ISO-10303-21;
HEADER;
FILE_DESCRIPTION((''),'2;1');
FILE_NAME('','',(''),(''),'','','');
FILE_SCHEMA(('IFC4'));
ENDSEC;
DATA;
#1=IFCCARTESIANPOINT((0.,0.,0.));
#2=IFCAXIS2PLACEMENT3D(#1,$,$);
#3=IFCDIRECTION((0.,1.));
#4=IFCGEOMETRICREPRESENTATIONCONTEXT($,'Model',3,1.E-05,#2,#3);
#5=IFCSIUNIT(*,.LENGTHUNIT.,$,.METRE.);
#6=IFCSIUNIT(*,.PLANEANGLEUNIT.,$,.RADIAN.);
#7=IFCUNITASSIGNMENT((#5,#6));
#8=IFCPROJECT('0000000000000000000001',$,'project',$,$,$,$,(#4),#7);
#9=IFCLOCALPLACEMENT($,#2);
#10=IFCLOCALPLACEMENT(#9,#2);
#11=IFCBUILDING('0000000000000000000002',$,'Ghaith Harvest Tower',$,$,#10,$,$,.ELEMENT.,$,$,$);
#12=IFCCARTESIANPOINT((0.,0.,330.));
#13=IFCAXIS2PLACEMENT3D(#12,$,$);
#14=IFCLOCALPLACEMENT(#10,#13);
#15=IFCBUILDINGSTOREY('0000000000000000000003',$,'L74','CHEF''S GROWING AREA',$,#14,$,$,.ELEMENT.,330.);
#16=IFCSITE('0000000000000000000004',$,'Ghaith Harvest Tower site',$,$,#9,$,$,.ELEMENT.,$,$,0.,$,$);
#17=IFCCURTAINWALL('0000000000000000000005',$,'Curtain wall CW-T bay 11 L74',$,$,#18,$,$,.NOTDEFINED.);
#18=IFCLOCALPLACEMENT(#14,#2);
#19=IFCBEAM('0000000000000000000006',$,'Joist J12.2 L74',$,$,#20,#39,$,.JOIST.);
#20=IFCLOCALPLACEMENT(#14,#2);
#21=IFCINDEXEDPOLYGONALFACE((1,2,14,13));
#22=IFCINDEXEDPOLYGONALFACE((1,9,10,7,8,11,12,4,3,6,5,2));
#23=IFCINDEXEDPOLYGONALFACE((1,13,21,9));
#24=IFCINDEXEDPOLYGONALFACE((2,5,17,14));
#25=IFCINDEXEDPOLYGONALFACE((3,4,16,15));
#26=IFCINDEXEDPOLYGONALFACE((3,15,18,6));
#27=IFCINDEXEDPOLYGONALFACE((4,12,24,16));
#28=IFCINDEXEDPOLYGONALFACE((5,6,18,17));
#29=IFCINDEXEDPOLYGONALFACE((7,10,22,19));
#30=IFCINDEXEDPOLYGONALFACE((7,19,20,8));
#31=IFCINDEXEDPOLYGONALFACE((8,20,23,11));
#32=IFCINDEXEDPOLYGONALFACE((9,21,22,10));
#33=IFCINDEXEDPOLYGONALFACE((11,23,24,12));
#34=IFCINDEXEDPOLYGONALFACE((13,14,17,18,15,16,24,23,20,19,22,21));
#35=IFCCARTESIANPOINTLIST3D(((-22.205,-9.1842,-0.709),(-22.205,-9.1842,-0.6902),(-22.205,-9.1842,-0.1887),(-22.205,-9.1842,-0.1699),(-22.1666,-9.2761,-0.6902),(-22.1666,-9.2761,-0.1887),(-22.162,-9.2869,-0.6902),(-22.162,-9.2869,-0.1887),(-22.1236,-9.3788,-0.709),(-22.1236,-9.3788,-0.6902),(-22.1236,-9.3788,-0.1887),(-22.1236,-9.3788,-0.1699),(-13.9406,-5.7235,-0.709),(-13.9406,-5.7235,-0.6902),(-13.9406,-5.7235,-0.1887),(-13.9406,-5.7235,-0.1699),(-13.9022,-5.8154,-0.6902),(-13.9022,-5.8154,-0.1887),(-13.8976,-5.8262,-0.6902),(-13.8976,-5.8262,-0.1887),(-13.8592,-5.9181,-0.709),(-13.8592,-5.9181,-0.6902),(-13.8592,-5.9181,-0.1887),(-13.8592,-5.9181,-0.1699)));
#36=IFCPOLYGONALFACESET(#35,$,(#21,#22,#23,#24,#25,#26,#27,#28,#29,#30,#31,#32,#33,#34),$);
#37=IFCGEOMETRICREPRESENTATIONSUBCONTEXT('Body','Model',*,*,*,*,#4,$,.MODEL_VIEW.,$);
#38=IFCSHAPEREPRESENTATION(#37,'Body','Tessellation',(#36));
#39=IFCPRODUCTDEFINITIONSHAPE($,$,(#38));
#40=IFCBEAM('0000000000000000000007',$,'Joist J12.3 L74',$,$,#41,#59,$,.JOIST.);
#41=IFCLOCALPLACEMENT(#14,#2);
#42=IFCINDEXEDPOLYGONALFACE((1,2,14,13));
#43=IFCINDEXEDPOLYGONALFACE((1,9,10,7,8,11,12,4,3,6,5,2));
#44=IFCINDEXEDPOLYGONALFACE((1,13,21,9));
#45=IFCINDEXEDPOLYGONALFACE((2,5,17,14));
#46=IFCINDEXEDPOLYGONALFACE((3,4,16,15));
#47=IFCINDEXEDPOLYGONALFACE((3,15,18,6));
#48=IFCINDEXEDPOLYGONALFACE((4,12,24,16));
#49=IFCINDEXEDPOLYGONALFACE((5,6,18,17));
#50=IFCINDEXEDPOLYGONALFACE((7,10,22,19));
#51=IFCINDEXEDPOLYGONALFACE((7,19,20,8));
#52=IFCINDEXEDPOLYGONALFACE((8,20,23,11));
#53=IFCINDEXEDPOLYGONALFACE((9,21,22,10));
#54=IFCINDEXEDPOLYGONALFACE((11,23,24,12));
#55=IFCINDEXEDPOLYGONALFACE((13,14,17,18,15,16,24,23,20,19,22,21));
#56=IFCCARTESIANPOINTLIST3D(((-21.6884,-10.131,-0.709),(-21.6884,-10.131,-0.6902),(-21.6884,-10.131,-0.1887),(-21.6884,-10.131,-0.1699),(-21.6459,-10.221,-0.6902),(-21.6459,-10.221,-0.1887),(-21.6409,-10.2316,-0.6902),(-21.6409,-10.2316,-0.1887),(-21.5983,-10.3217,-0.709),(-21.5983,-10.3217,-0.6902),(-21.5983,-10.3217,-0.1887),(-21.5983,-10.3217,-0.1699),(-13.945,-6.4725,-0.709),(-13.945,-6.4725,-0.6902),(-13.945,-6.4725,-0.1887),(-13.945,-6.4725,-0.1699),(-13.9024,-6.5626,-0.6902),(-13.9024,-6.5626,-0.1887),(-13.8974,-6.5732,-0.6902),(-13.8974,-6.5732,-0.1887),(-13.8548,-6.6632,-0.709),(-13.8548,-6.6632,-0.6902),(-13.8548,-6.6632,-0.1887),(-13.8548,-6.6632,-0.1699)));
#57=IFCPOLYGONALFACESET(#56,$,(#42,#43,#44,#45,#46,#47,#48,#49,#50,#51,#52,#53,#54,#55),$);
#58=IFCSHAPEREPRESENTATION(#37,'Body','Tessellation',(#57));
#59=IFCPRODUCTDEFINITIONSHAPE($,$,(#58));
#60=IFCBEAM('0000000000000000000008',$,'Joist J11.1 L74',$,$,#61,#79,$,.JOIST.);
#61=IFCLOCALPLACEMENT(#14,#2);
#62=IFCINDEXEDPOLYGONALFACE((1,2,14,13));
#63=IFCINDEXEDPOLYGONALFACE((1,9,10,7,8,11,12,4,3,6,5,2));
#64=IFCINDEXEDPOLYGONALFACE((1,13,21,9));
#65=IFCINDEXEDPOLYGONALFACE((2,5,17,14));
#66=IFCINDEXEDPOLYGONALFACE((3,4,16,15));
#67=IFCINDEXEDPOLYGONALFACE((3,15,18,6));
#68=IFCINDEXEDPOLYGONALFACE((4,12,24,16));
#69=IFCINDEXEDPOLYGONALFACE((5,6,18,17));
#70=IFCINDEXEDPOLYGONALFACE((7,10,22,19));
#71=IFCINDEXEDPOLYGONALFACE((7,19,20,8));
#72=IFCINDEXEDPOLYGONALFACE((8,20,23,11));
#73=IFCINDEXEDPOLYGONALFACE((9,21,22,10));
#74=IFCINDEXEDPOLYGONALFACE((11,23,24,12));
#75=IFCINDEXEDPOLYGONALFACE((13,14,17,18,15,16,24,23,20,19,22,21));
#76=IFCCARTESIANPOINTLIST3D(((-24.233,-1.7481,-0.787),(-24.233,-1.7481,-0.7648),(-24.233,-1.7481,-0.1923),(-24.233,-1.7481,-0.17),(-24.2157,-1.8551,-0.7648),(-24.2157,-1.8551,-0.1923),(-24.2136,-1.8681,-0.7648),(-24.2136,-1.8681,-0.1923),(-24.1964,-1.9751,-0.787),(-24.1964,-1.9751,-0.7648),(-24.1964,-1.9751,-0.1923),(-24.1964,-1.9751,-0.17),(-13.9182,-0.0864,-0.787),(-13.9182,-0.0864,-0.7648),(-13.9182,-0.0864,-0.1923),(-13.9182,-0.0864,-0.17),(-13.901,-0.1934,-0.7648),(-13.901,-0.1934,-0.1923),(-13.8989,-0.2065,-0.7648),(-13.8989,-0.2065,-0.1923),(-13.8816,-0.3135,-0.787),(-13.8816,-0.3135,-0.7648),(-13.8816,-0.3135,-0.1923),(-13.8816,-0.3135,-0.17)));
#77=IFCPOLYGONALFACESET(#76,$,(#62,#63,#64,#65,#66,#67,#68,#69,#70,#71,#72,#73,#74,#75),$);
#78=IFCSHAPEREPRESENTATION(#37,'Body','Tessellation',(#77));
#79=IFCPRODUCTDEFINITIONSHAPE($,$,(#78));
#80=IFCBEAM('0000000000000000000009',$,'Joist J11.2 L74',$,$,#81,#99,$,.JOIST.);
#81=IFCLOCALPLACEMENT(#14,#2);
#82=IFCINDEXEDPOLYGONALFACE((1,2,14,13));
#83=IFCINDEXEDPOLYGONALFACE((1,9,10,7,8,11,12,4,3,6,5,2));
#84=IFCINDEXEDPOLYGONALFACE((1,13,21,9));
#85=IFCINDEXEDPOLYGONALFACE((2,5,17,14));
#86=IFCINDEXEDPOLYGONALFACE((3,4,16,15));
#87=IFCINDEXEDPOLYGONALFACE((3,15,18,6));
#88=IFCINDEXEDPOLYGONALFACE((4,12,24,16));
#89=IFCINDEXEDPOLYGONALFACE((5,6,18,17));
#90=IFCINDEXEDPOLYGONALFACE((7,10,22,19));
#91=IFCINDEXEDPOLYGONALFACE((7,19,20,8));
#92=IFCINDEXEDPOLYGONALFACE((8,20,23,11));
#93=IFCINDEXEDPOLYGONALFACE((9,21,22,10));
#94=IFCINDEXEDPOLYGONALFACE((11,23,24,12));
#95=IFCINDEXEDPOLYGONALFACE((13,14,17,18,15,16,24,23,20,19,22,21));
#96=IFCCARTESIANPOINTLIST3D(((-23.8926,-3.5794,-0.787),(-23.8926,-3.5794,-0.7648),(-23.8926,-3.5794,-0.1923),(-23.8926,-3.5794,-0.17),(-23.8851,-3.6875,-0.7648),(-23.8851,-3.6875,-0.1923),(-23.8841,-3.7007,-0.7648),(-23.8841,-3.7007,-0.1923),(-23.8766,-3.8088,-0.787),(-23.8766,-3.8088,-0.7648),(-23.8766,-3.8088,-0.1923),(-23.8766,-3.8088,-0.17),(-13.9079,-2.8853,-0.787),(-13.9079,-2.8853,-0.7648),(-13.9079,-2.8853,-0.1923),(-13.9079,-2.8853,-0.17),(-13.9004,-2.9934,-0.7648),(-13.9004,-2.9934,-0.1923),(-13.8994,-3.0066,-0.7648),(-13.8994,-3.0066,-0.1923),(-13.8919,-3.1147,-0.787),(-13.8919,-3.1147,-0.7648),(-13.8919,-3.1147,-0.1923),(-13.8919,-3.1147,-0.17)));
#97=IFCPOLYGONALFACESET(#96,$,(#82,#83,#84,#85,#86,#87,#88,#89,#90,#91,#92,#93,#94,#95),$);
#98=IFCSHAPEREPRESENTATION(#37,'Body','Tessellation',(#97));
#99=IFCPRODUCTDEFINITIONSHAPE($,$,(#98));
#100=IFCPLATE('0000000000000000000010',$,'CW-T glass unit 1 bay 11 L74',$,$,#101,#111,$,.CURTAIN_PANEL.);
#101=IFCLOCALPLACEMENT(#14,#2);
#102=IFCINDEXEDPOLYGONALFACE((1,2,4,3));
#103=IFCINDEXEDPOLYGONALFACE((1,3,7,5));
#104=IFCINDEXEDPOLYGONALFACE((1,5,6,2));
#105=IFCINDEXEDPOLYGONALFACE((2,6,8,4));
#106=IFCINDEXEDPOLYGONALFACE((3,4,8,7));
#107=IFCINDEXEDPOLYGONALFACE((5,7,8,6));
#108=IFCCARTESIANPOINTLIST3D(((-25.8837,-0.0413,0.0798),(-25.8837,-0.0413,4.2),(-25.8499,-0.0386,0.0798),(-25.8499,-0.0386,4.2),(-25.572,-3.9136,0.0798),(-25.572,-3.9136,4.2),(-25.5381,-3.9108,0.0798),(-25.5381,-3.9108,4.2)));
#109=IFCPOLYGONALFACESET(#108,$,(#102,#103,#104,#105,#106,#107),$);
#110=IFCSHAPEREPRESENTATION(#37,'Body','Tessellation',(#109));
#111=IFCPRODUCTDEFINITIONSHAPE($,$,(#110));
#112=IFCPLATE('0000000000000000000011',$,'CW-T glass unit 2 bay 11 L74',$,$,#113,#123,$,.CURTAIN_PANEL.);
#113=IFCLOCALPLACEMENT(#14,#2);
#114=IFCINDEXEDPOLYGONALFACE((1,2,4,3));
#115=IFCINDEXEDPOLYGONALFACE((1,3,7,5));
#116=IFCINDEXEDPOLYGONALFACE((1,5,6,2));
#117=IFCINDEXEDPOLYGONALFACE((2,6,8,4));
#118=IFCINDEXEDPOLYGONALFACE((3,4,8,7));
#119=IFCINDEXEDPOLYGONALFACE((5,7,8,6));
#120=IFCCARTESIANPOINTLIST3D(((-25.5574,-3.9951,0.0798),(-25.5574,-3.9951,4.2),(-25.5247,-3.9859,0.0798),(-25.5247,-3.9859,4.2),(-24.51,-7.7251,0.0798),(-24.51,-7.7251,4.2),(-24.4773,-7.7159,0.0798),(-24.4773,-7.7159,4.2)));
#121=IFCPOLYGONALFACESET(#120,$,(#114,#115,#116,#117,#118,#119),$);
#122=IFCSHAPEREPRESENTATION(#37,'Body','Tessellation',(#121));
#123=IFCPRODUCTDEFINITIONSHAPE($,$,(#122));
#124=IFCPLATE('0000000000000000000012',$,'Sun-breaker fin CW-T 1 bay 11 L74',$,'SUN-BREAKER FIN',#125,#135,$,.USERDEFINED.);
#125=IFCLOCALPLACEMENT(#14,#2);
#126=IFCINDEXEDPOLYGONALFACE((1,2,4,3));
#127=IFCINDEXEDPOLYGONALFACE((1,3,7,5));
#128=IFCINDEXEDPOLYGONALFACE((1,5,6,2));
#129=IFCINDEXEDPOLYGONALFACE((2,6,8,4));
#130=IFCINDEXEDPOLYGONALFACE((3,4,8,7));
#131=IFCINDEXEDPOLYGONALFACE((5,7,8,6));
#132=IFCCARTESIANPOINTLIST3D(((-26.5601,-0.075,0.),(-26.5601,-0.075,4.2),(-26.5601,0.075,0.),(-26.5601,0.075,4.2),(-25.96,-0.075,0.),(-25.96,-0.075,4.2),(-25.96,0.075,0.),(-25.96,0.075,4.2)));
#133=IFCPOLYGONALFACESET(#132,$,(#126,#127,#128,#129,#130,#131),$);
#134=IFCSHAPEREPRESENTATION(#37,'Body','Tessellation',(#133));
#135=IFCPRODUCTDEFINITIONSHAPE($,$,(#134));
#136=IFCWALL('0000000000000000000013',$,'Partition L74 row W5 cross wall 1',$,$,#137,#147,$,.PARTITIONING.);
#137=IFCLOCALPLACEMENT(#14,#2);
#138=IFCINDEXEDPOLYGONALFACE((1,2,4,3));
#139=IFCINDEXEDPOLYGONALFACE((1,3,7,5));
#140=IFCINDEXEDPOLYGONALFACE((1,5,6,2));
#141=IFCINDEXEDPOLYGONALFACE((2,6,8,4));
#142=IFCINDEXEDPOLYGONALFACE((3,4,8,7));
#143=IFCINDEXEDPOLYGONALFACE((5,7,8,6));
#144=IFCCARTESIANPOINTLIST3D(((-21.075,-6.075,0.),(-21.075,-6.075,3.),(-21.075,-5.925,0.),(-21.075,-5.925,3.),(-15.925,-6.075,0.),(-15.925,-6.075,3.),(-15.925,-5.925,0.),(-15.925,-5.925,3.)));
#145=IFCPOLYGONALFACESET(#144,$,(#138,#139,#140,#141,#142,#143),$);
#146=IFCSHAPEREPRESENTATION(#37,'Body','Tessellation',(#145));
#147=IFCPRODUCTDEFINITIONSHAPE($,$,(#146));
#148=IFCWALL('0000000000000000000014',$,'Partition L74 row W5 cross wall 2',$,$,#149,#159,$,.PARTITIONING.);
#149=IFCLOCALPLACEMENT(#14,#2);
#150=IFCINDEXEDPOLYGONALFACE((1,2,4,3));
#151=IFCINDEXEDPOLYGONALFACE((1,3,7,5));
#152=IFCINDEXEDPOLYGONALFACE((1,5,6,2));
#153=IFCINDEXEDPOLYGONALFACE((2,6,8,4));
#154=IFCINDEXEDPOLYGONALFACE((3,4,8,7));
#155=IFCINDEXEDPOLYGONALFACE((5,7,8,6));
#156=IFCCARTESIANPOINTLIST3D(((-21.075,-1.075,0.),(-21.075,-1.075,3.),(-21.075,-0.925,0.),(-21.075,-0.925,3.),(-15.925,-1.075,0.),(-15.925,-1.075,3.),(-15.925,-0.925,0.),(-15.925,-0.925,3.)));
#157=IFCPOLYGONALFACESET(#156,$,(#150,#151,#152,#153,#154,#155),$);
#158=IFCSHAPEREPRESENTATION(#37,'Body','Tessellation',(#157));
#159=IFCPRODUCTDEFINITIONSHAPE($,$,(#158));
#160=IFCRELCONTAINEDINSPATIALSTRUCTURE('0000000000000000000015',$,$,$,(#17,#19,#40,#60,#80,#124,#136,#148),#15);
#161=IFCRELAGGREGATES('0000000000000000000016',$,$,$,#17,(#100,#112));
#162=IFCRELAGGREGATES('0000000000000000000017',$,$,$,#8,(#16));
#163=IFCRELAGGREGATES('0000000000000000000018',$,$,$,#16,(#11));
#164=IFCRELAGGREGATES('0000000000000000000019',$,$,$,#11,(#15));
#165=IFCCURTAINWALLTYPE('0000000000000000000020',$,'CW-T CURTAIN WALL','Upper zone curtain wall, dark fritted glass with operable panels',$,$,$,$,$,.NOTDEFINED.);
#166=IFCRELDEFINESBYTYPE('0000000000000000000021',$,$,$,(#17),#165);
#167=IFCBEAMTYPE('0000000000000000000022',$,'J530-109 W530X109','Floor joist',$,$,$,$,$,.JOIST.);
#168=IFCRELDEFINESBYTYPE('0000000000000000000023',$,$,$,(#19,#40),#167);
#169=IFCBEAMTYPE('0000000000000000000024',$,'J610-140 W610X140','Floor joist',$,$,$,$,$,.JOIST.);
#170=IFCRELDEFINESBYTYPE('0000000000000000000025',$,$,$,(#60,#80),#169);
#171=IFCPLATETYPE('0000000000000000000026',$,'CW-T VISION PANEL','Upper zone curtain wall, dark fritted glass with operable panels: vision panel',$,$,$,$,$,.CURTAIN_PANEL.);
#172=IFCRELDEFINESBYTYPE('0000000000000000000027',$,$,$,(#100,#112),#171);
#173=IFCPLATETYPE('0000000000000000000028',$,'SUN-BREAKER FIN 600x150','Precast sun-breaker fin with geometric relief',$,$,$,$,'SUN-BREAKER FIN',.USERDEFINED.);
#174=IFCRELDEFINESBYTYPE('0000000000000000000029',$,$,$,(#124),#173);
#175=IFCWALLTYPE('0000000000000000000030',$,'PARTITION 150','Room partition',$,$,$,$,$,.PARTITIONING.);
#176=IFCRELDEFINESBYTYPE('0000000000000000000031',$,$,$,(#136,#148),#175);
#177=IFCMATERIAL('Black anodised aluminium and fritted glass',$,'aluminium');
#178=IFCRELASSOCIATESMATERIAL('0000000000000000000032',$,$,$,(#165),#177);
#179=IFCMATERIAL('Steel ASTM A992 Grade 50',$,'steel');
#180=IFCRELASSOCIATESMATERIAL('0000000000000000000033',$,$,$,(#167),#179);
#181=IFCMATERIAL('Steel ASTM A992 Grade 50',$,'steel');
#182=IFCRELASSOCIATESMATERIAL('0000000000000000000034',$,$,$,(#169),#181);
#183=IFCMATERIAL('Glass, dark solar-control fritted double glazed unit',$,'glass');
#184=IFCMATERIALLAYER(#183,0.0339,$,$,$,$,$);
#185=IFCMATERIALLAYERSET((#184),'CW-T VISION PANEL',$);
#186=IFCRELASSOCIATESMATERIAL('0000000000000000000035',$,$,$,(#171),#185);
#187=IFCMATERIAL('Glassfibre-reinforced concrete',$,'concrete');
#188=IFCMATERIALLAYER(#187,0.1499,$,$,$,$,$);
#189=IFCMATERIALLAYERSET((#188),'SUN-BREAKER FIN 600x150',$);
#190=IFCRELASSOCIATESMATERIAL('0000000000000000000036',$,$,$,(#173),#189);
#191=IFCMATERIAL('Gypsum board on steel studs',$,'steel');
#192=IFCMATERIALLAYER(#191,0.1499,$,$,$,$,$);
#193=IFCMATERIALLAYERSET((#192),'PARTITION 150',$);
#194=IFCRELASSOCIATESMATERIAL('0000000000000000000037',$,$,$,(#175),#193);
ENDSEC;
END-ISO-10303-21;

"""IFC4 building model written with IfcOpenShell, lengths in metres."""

from ifc_helpers import new_model, si_unit, direction, frame, frame_2d, origin, origin_2d, place, context, subcontext, project, spatial, rectangle, i_section, extrude, material, layer, layer_set, material_profile, profile_set, type_object, element, aggregate, save


model = new_model("IFC4")

# Units and contexts
model_context = context("Model", 3, precision=1e-05, world=origin(), true_north=direction((0.0, 1.0)))
body_context = subcontext(model_context, "Body", "Model", "MODEL_VIEW")
ifc_project = project(units=[si_unit("LENGTHUNIT", "METRE"), si_unit("PLANEANGLEUNIT", "RADIAN")], contexts=[model_context])

# Site, building, storey
site_placement = place(None, origin())
site = spatial("IfcSite", under=ifc_project, at=site_placement, Name="Ghaith Harvest Tower site", CompositionType="ELEMENT", RefElevation=0.0)
building_placement = place(site_placement, origin())
building = spatial("IfcBuilding", under=site, at=building_placement, Name="Ghaith Harvest Tower", CompositionType="ELEMENT")
storey_placement = place(building_placement, frame((0.0, 0.0, 330.0)))
storey = spatial("IfcBuildingStorey", under=building, at=storey_placement, Name="L74", Description="CHEF'S GROWING AREA", CompositionType="ELEMENT", Elevation=330.0)

# Curtain wall
ifc_material_1 = material(Name="Black anodised aluminium and fritted glass", Category="aluminium")
curtain_wall_type = type_object("IfcCurtainWallType", Name="CW-T CURTAIN WALL", Description="Upper zone curtain wall, dark fritted glass with operable panels", PredefinedType="NOTDEFINED", material=ifc_material_1)
curtain_wall_placement = place(storey_placement, origin())
curtain_wall = element("IfcCurtainWall", 1, at=curtain_wall_placement, inside=storey, type_object=curtain_wall_type, Name="Curtain wall CW-T bay 11 L74", PredefinedType="NOTDEFINED")

# Beams
ifc_material_2 = material(Name="Steel ASTM A992 Grade 50", Category="steel")
ifc_material_profile_1 = material_profile(ifc_material_2, i_section(OverallWidth=0.2109, OverallDepth=0.5391, WebThickness=0.0117, FlangeThickness=0.0188, at=origin_2d()), Name="W530X109")
ifc_profile_set_1 = profile_set([ifc_material_profile_1], Name="Steel ASTM A992 Grade 50")
beam_type_1 = type_object("IfcBeamType", Name="J530-109 W530X109", Description="Floor joist", PredefinedType="JOIST", material=ifc_profile_set_1)
beam_1_placement = place(storey_placement, frame((-13.8999, -5.8208, -0.4395), z_axis=(-0.922394, -0.38625, 0.0), x_axis=(0.38625, -0.922394, 0.0)))
element("IfcBeam", 2, at=beam_1_placement, inside=storey, type_object=beam_type_1, Name="Joist J12.2 L74", PredefinedType="JOIST", context=body_context, shape_type="SweptSolid", body=[
    extrude(i_section(OverallWidth=0.2109, OverallDepth=0.5391, WebThickness=0.0117, FlangeThickness=0.0188, at=origin_2d()), origin(), (0.0, 0.0, 1.0), 8.9597),
])
beam_2_placement = place(storey_placement, frame((-13.8999, -6.5679, -0.4395), z_axis=(-0.904166, -0.427182, 0.0), x_axis=(0.427182, -0.904166, 0.0)))
element("IfcBeam", 3, at=beam_2_placement, inside=storey, type_object=beam_type_1, Name="Joist J12.3 L74", PredefinedType="JOIST", context=body_context, shape_type="SweptSolid", body=[
    extrude(i_section(OverallWidth=0.2109, OverallDepth=0.5391, WebThickness=0.0117, FlangeThickness=0.0188, at=origin_2d()), origin(), (0.0, 0.0, 1.0), 8.5642),
])
ifc_material_3 = material(Name="Steel ASTM A992 Grade 50", Category="steel")
ifc_material_profile_2 = material_profile(ifc_material_3, i_section(OverallWidth=0.23, OverallDepth=0.6169, WebThickness=0.0132, FlangeThickness=0.0222, at=origin_2d()), Name="W610X140")
ifc_profile_set_2 = profile_set([ifc_material_profile_2], Name="Steel ASTM A992 Grade 50")
beam_type_2 = type_object("IfcBeamType", Name="J610-140 W610X140", Description="Floor joist", PredefinedType="JOIST", material=ifc_profile_set_2)
beam_3_placement = place(storey_placement, frame((-13.8999, -0.2, -0.4785), z_axis=(-0.987272, -0.159042, 0.0), x_axis=(0.159042, -0.987272, 0.0)))
element("IfcBeam", 4, at=beam_3_placement, inside=storey, type_object=beam_type_2, Name="Joist J11.1 L74", PredefinedType="JOIST", context=body_context, shape_type="SweptSolid", body=[
    extrude(i_section(OverallWidth=0.23, OverallDepth=0.6169, WebThickness=0.0132, FlangeThickness=0.0222, at=origin_2d()), origin(), (0.0, 0.0, 1.0), 10.4478),
])
beam_4_placement = place(storey_placement, frame((-13.8999, -3.0, -0.4785), z_axis=(-0.997592, -0.069349, 0.0), x_axis=(0.069349, -0.997592, 0.0)))
element("IfcBeam", 5, at=beam_4_placement, inside=storey, type_object=beam_type_2, Name="Joist J11.2 L74", PredefinedType="JOIST", context=body_context, shape_type="SweptSolid", body=[
    extrude(i_section(OverallWidth=0.23, OverallDepth=0.6169, WebThickness=0.0132, FlangeThickness=0.0222, at=origin_2d()), origin(), (0.0, 0.0, 1.0), 10.0088),
])

# Plates
ifc_material_4 = material(Name="Glass, dark solar-control fritted double glazed unit", Category="glass")
ifc_layer_1 = layer(ifc_material_4, 0.0339)
ifc_layer_set_1 = layer_set([ifc_layer_1], Name="CW-T VISION PANEL")
plate_type_1 = type_object("IfcPlateType", Name="CW-T VISION PANEL", Description="Upper zone curtain wall, dark fritted glass with operable panels: vision panel", PredefinedType="CURTAIN_PANEL", material=ifc_layer_set_1)
plate_1_placement = place(storey_placement, frame((-25.7109, -1.9761, 0.0798), z_axis=(0.0, 0.0, 1.0), x_axis=(0.080258, -0.996774, 0.0)))
plate_1 = element("IfcPlate", 6, at=plate_1_placement, type_object=plate_type_1, Name="CW-T glass unit 1 bay 11 L74", PredefinedType="CURTAIN_PANEL", context=body_context, shape_type="SweptSolid", body=[
    extrude(rectangle(XDim=3.8848, YDim=0.0339, at=origin_2d()), origin(), (0.0, 0.0, 1.0), 4.1201),
])
plate_2_placement = place(storey_placement, frame((-25.0173, -5.8555, 0.0798), z_axis=(0.0, 0.0, 1.0), x_axis=(0.270355, -0.962761, 0.0)))
plate_2 = element("IfcPlate", 7, at=plate_2_placement, type_object=plate_type_1, Name="CW-T glass unit 2 bay 11 L74", PredefinedType="CURTAIN_PANEL", context=body_context, shape_type="SweptSolid", body=[
    extrude(rectangle(XDim=3.8743, YDim=0.0339, at=origin_2d()), origin(), (0.0, 0.0, 1.0), 4.1201),
])
aggregate(curtain_wall, [plate_1, plate_2])
ifc_material_5 = material(Name="Glassfibre-reinforced concrete", Category="concrete")
ifc_layer_2 = layer(ifc_material_5, 0.1499)
ifc_layer_set_2 = layer_set([ifc_layer_2], Name="SUN-BREAKER FIN 600x150")
plate_type_2 = type_object("IfcPlateType", Name="SUN-BREAKER FIN 600x150", Description="Precast sun-breaker fin with geometric relief", ElementType="SUN-BREAKER FIN", PredefinedType="USERDEFINED", material=ifc_layer_set_2)
plate_3_placement = place(storey_placement, frame((-26.26, 0.0, 0.0), z_axis=(0.0, 0.0, 1.0), x_axis=(-1.0, 0.0, 0.0)))
element("IfcPlate", 8, at=plate_3_placement, inside=storey, type_object=plate_type_2, Name="Sun-breaker fin CW-T 1 bay 11 L74", ObjectType="SUN-BREAKER FIN", PredefinedType="USERDEFINED", context=body_context, shape_type="SweptSolid", body=[
    extrude(rectangle(XDim=0.6001, YDim=0.1499, at=origin_2d()), origin(), (0.0, 0.0, 1.0), 4.2),
])

# Walls
ifc_material_6 = material(Name="Gypsum board on steel studs", Category="steel")
ifc_layer_3 = layer(ifc_material_6, 0.1499)
ifc_layer_set_3 = layer_set([ifc_layer_3], Name="PARTITION 150")
wall_type = type_object("IfcWallType", Name="PARTITION 150", Description="Room partition", PredefinedType="PARTITIONING", material=ifc_layer_set_3)
for number, where, z_axis, x_axis, name in (
    (9, (-15.925, -6.0, 0.0), (0.0, 0.0, 1.0), (-1.0, 0.0, 0.0), "Partition L74 row W5 cross wall 1"),
    (10, (-15.925, -1.0, 0.0), (0.0, 0.0, 1.0), (-1.0, 0.0, 0.0), "Partition L74 row W5 cross wall 2"),
):
    element("IfcWall", number, at=place(storey_placement, frame(where, z_axis=z_axis, x_axis=x_axis)), inside=storey, type_object=wall_type, Name=name, PredefinedType="PARTITIONING", context=body_context, shape_type="SweptSolid", body=[
        extrude(rectangle(XDim=5.1499, YDim=0.1499, at=frame_2d((2.575, 0.0))), origin(), (0.0, 0.0, 1.0), 3.0),
    ])

save(model, "model.ifc")
